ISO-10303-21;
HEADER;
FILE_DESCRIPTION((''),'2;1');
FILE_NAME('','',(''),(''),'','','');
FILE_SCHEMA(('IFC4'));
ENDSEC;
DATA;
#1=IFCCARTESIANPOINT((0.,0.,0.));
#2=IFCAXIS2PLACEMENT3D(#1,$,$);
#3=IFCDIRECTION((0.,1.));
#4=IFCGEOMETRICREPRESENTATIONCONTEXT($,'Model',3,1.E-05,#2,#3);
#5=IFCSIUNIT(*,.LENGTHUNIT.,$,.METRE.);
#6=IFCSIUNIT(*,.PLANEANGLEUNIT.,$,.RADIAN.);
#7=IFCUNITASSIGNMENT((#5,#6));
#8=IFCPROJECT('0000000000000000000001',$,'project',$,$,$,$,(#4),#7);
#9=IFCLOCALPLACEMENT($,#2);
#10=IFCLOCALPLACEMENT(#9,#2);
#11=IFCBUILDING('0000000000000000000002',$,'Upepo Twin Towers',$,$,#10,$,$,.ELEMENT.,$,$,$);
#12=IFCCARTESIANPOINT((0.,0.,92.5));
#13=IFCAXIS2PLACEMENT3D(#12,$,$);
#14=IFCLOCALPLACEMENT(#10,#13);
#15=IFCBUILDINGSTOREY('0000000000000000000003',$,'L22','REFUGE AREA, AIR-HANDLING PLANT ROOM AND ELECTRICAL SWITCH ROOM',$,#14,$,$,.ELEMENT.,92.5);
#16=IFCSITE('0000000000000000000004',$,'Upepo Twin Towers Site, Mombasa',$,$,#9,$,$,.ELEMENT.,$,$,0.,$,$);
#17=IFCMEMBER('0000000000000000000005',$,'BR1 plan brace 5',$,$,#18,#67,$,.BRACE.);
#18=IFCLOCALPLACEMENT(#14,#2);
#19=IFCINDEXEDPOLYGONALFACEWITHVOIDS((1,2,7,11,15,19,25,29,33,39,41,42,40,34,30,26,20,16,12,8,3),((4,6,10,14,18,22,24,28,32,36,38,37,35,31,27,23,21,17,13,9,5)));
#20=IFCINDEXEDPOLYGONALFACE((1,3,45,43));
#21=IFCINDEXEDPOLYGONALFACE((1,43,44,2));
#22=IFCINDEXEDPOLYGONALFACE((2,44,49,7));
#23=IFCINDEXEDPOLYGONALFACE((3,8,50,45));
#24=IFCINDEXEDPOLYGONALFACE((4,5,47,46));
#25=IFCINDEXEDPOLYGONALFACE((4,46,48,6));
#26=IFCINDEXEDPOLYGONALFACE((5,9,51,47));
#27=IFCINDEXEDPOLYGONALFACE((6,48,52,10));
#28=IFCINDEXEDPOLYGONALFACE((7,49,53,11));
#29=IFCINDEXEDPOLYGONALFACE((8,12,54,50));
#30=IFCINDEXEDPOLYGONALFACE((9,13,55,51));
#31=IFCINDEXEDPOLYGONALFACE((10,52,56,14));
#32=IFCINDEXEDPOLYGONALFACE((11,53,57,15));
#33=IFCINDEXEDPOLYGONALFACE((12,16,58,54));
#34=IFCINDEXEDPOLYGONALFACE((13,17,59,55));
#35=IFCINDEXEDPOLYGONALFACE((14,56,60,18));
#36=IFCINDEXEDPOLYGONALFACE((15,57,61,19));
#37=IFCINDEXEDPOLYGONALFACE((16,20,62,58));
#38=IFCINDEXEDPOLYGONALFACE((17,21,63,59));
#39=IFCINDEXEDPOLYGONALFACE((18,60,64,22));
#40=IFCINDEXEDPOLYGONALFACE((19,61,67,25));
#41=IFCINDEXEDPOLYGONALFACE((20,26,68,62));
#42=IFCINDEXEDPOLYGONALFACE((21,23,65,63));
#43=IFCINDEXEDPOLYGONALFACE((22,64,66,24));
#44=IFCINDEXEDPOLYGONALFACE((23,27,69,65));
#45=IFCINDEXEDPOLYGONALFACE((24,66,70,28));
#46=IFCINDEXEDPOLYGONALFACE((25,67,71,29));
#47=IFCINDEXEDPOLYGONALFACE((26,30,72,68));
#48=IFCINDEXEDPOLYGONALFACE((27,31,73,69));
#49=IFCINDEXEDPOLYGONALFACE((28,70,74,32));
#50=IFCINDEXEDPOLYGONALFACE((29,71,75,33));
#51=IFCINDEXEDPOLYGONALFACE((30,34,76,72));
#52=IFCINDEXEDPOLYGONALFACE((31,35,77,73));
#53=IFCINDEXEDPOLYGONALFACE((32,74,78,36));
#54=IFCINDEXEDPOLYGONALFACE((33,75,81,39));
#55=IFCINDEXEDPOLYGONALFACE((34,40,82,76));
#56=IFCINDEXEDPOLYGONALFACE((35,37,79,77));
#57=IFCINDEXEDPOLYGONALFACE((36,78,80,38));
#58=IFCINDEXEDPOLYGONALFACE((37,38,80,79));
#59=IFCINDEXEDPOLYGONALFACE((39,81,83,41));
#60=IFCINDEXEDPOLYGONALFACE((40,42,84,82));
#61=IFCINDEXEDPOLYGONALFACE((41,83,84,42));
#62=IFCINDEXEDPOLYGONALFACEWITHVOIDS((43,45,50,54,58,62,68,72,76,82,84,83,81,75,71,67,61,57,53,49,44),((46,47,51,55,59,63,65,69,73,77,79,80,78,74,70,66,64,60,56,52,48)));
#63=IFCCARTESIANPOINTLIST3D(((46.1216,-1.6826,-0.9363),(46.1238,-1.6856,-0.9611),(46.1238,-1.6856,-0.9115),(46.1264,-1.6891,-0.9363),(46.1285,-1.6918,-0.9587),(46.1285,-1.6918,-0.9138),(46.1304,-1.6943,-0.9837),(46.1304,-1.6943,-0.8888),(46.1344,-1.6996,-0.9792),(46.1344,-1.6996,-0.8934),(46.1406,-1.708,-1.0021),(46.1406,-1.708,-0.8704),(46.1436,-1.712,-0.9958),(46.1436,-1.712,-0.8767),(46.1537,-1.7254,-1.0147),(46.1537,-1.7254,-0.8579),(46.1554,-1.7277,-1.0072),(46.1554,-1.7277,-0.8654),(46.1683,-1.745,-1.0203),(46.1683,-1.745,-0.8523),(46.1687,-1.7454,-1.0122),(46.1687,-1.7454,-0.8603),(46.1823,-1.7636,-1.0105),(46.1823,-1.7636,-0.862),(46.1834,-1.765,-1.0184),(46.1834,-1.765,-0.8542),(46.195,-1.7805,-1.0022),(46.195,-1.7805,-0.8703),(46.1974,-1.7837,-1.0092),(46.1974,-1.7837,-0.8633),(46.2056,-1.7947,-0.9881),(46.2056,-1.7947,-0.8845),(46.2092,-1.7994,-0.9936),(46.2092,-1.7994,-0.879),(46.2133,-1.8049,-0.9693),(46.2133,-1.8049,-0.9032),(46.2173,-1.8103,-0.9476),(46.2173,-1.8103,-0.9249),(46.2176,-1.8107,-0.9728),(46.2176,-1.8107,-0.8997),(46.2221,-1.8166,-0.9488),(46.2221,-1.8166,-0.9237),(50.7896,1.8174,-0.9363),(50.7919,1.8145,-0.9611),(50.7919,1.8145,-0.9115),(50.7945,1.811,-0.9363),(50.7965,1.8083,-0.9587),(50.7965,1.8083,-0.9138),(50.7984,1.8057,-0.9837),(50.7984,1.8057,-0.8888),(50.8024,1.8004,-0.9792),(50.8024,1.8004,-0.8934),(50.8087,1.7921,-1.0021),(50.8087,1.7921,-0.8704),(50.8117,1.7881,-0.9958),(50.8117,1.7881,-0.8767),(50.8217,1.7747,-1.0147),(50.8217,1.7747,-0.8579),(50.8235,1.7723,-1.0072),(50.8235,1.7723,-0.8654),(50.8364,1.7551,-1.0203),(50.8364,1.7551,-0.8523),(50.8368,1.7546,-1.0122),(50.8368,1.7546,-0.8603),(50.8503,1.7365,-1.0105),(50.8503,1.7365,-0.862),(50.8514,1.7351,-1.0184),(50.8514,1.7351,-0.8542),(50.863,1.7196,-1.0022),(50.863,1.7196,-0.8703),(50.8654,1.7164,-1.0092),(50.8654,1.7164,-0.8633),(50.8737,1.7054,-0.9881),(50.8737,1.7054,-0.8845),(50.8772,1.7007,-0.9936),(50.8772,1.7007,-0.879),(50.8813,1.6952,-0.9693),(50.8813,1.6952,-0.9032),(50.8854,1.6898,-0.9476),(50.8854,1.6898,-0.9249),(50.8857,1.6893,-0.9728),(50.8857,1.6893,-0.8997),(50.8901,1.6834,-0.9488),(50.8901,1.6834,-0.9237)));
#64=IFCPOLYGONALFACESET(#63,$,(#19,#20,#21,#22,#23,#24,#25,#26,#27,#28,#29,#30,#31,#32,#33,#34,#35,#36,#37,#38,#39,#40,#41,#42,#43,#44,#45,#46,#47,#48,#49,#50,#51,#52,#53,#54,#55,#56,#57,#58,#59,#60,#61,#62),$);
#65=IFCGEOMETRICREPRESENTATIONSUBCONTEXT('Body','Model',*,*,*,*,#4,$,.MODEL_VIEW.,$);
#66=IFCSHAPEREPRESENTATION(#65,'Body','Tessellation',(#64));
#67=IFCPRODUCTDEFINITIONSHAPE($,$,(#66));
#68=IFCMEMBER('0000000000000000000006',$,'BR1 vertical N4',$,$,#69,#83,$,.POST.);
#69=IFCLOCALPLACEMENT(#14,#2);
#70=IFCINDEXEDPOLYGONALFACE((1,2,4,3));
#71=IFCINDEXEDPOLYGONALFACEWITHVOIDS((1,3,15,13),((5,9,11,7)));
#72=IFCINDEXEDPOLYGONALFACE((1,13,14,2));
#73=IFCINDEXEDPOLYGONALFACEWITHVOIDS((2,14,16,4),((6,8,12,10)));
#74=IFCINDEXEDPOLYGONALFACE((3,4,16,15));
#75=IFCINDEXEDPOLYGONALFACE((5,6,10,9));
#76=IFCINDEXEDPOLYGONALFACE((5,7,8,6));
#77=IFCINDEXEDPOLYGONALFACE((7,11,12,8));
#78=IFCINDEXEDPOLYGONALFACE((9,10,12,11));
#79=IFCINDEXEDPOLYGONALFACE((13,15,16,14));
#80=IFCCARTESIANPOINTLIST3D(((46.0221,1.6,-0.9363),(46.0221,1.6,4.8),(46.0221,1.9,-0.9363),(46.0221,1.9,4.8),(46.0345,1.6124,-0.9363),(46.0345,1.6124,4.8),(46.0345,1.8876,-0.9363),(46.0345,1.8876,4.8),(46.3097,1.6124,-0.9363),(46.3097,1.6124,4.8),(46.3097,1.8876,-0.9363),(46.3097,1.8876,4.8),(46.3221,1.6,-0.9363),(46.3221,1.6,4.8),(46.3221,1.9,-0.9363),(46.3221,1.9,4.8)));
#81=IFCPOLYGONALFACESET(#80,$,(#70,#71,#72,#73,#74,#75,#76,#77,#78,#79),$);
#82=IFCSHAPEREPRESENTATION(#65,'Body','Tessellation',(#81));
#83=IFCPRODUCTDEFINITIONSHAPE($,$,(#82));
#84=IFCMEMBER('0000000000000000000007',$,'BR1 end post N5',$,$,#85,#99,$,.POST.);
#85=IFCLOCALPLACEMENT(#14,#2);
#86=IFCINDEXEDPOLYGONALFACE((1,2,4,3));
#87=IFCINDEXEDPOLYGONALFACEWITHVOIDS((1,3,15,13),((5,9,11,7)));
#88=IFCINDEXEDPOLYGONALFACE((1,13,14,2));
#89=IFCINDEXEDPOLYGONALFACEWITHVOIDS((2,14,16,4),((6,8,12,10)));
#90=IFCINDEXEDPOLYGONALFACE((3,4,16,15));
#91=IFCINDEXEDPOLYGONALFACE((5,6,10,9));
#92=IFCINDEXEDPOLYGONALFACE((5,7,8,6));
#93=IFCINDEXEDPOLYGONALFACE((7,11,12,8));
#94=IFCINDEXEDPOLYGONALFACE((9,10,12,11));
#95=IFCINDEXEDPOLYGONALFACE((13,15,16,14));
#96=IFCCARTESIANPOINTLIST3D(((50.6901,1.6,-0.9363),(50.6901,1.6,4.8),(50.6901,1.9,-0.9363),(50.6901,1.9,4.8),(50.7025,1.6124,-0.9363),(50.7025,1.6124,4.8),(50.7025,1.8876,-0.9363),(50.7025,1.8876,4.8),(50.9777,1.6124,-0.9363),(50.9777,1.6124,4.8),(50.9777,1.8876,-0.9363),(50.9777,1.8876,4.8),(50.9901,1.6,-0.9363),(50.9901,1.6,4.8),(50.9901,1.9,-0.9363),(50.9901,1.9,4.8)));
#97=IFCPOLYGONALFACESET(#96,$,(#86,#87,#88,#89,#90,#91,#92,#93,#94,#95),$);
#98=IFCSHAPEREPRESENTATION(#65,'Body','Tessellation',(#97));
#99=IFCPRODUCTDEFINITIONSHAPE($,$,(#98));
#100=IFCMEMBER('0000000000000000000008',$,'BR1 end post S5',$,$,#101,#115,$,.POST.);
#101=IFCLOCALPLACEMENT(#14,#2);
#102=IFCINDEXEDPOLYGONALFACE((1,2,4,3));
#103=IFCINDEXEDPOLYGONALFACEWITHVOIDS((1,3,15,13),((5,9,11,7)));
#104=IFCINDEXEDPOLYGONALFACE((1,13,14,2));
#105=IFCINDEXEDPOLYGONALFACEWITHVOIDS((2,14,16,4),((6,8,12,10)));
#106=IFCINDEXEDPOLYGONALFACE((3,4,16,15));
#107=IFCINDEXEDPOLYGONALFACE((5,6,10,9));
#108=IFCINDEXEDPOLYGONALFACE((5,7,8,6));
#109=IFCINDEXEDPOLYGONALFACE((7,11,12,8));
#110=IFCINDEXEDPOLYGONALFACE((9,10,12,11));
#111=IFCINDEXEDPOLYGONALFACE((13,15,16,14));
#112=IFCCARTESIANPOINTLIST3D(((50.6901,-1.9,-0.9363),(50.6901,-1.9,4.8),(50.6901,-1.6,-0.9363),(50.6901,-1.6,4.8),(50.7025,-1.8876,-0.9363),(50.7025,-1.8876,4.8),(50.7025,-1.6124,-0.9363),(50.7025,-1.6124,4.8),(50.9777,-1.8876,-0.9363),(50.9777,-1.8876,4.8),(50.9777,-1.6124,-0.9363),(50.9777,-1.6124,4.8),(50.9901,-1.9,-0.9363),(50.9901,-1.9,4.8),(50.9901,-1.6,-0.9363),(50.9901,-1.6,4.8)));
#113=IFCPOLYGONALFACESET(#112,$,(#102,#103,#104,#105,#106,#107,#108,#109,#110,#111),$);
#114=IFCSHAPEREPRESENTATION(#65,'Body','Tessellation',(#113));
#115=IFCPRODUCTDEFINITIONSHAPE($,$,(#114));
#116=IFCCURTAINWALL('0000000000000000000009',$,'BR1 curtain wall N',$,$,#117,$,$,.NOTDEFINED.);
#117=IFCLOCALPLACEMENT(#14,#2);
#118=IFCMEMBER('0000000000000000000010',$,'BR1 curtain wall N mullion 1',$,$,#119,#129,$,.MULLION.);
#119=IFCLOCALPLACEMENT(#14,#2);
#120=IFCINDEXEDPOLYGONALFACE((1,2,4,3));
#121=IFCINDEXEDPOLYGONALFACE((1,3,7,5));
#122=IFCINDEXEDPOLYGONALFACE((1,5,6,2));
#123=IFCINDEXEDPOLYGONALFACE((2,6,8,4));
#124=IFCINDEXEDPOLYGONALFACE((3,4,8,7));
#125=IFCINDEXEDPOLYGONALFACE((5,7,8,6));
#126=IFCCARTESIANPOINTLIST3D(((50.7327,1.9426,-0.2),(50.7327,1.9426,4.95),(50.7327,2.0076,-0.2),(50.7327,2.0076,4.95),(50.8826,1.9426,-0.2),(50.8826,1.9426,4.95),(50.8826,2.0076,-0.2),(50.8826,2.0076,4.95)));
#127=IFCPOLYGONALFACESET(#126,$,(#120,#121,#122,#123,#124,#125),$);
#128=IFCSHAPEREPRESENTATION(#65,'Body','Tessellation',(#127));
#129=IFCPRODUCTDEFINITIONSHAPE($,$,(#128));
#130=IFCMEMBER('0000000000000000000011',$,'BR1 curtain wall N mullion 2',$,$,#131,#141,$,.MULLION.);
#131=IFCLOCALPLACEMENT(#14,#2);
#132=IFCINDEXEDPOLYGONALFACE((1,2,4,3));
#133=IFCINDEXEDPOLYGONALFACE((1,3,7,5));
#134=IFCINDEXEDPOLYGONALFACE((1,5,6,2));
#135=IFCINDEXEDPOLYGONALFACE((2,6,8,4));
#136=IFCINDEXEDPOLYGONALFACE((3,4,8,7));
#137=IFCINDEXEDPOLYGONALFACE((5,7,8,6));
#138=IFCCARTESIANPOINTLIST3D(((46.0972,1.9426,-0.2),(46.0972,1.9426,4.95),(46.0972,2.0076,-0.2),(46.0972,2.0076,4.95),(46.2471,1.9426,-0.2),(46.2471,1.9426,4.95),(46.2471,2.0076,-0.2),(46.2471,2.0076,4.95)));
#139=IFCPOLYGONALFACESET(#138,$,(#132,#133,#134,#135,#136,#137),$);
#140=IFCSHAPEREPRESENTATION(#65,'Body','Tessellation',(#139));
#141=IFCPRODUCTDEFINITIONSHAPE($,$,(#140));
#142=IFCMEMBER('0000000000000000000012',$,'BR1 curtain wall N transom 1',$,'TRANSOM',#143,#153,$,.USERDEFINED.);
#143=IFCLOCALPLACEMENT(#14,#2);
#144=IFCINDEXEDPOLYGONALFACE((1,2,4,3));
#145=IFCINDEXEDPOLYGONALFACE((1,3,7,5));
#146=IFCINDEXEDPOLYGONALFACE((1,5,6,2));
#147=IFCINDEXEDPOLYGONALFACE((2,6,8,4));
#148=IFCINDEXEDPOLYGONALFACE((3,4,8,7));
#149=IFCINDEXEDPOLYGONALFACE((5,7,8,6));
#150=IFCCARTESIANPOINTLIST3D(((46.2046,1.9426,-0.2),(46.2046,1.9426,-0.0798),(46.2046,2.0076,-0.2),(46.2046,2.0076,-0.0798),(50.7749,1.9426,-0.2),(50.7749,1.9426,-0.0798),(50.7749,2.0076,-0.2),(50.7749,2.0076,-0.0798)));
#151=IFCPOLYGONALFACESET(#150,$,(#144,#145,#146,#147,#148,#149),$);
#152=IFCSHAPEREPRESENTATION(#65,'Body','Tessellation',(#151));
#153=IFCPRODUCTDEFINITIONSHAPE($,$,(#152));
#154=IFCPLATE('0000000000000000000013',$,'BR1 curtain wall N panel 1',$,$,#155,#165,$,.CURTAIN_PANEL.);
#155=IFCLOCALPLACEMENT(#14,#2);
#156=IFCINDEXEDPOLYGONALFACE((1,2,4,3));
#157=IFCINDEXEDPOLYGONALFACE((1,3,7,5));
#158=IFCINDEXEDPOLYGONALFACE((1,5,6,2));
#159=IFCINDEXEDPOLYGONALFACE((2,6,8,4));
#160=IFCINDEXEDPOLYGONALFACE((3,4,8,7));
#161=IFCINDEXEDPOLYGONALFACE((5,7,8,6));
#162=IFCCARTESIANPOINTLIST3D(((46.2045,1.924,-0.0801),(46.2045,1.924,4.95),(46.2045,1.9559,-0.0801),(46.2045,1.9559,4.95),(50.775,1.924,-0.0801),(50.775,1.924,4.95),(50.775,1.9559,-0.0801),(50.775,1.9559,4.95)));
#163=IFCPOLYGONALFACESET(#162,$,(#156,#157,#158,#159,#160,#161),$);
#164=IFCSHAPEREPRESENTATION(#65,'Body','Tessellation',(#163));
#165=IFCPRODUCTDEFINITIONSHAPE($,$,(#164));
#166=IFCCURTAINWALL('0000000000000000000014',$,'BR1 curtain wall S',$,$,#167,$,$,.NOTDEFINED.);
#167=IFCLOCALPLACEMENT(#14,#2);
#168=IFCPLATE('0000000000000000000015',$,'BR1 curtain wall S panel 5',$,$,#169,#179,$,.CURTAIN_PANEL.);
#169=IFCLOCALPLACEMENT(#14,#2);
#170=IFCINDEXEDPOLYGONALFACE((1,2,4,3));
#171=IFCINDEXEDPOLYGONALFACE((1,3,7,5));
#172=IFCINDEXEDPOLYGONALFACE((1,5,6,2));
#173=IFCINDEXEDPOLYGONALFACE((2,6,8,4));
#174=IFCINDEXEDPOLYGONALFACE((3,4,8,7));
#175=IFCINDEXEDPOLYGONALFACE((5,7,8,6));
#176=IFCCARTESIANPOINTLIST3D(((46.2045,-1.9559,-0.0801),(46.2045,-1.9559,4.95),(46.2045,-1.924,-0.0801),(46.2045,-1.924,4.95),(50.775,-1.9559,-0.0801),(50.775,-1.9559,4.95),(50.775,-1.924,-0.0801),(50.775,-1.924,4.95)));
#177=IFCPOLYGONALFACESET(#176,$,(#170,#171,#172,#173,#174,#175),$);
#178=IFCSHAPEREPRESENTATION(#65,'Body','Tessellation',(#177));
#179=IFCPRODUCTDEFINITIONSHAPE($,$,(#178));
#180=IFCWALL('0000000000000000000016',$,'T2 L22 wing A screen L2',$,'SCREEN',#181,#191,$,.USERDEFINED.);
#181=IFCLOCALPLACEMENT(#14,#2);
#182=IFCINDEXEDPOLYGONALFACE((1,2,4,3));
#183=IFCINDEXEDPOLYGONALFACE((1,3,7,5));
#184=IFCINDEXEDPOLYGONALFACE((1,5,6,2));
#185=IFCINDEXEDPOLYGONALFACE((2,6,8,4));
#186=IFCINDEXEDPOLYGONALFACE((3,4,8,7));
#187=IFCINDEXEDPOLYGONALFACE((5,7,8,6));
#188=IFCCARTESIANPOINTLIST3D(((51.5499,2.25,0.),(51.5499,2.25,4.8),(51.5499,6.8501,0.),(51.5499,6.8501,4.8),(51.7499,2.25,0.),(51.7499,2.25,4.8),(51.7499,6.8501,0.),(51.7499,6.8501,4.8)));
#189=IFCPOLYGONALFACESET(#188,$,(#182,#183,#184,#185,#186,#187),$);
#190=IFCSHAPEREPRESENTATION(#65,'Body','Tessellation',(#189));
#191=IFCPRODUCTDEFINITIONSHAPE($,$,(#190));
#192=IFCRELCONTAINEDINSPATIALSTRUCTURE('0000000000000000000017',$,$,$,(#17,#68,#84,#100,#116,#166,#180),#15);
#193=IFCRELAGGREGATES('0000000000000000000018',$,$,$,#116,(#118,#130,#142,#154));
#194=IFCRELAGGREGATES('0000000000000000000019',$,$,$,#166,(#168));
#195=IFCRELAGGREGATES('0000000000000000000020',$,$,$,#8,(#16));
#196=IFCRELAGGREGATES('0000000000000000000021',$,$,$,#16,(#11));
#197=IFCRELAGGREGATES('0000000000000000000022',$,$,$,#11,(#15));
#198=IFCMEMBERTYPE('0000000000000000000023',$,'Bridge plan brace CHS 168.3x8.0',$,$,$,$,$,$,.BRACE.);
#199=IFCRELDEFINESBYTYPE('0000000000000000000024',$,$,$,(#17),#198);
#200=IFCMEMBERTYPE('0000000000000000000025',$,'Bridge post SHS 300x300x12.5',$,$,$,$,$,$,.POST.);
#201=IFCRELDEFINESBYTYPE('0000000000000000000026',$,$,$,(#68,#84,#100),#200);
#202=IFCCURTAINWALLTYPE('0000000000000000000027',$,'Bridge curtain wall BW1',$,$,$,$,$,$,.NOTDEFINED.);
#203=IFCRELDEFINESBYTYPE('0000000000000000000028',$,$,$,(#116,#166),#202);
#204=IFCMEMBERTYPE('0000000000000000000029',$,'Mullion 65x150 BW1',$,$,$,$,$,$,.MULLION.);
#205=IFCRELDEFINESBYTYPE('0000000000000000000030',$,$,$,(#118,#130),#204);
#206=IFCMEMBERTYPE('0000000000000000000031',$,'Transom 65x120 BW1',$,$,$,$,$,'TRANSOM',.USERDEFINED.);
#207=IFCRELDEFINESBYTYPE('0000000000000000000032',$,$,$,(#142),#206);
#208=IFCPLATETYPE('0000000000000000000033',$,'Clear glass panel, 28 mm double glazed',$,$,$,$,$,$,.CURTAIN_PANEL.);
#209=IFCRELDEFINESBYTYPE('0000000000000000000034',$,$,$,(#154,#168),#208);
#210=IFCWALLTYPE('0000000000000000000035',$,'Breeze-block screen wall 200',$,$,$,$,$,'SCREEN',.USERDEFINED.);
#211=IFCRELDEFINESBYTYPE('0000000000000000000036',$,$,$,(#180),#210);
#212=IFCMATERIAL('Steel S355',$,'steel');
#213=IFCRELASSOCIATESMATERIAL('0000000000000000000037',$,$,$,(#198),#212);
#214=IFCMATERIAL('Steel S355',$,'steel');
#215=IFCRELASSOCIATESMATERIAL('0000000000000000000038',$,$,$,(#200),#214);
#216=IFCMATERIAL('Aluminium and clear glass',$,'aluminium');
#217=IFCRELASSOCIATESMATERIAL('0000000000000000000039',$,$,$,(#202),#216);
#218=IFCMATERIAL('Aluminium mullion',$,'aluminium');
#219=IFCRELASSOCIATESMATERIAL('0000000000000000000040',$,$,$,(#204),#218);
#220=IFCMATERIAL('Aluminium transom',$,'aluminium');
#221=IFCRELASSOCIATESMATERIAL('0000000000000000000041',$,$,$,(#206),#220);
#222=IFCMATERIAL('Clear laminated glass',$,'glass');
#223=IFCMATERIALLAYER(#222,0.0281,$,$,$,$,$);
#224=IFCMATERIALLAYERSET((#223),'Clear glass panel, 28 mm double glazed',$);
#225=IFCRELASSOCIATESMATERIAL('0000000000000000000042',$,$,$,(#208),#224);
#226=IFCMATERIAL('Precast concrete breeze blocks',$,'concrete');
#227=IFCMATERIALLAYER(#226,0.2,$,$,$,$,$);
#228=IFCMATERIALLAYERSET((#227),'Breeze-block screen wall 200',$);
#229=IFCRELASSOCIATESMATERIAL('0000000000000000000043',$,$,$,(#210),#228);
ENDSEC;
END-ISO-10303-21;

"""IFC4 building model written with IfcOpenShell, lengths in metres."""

from ifc_helpers import new_model, si_unit, direction, frame, frame_2d, origin, origin_2d, place, context, subcontext, project, spatial, rectangle, hollow_rectangle, hollow_circle, extrude, material, layer, layer_set, material_profile, profile_set, type_object, element, aggregate, save


model = new_model("IFC4")

# Units and contexts
model_context = context("Model", 3, precision=1e-05, world=origin(), true_north=direction((0.0, 1.0)))
body_context = subcontext(model_context, "Body", "Model", "MODEL_VIEW")
ifc_project = project(units=[si_unit("LENGTHUNIT", "METRE"), si_unit("PLANEANGLEUNIT", "RADIAN")], contexts=[model_context])

# Site, building, storey
site_placement = place(None, origin())
site = spatial("IfcSite", under=ifc_project, at=site_placement, Name="Upepo Twin Towers Site, Mombasa", CompositionType="ELEMENT", RefElevation=0.0)
building_placement = place(site_placement, origin())
building = spatial("IfcBuilding", under=site, at=building_placement, Name="Upepo Twin Towers", CompositionType="ELEMENT")
storey_placement = place(building_placement, frame((0.0, 0.0, 92.5)))
storey = spatial("IfcBuildingStorey", under=building, at=storey_placement, Name="L22", Description="REFUGE AREA, AIR-HANDLING PLANT ROOM AND ELECTRICAL SWITCH ROOM", CompositionType="ELEMENT", Elevation=92.5)

# Members
ifc_material_1 = material(Name="Steel S355", Category="steel")
ifc_material_profile_1 = material_profile(ifc_material_1, hollow_circle(Radius=0.0842, WallThickness=0.0081, at=origin_2d()), Name="CHS 168.3x8.0")
ifc_profile_set_1 = profile_set([ifc_material_profile_1], Name="Steel S355")
member_type_1 = type_object("IfcMemberType", Name="Bridge plan brace CHS 168.3x8.0", PredefinedType="BRACE", material=ifc_profile_set_1)
member_1_placement = place(storey_placement, frame((46.1721, -1.75, -0.9363), z_axis=(0.80008, 0.599893, 0.0), x_axis=(-0.599893, 0.80008, 0.0)))
element("IfcMember", 1, at=member_1_placement, inside=storey, type_object=member_type_1, Name="BR1 plan brace 5", PredefinedType="BRACE", context=body_context, shape_type="SweptSolid", body=[
    extrude(hollow_circle(Radius=0.0842, WallThickness=0.0081, at=origin_2d()), origin(), (0.0, 0.0, 1.0), 5.8345),
])
ifc_material_2 = material(Name="Steel S355", Category="steel")
ifc_material_profile_2 = material_profile(ifc_material_2, hollow_rectangle(XDim=0.3, YDim=0.3, WallThickness=0.0125, at=origin_2d()), Name="SHS 300x300x12.5")
ifc_profile_set_2 = profile_set([ifc_material_profile_2], Name="Steel S355")
member_type_2 = type_object("IfcMemberType", Name="Bridge post SHS 300x300x12.5", PredefinedType="POST", material=ifc_profile_set_2)
for number, where, z_axis, x_axis, name in (
    (2, (46.1721, 1.75, -0.9363), (0.0, 0.0, 1.0), (1.0, 0.0, 0.0), "BR1 vertical N4"),
    (3, (50.8401, 1.75, -0.9363), (0.0, 0.0, 1.0), (1.0, 0.0, 0.0), "BR1 end post N5"),
    (4, (50.8401, -1.75, -0.9363), (0.0, 0.0, 1.0), (1.0, 0.0, 0.0), "BR1 end post S5"),
):
    element("IfcMember", number, at=place(storey_placement, frame(where, z_axis=z_axis, x_axis=x_axis)), inside=storey, type_object=member_type_2, Name=name, PredefinedType="POST", context=body_context, shape_type="SweptSolid", body=[
        extrude(hollow_rectangle(XDim=0.3, YDim=0.3, WallThickness=0.0125, at=origin_2d()), origin(), (0.0, 0.0, 1.0), 5.7363),
    ])

# Curtain wall, members, plate
ifc_material_3 = material(Name="Aluminium and clear glass", Category="aluminium")
curtain_wall_type = type_object("IfcCurtainWallType", Name="Bridge curtain wall BW1", PredefinedType="NOTDEFINED", material=ifc_material_3)
curtain_wall_1_placement = place(storey_placement, origin())
curtain_wall_1 = element("IfcCurtainWall", 5, at=curtain_wall_1_placement, inside=storey, type_object=curtain_wall_type, Name="BR1 curtain wall N", PredefinedType="NOTDEFINED")
ifc_material_4 = material(Name="Aluminium mullion", Category="aluminium")
ifc_material_profile_3 = material_profile(ifc_material_4, rectangle(XDim=0.0649, YDim=0.1499, at=origin_2d()), Name="MULLION 65x150 BRIDGE")
ifc_profile_set_3 = profile_set([ifc_material_profile_3], Name="Aluminium mullion")
member_type_3 = type_object("IfcMemberType", Name="Mullion 65x150 BW1", PredefinedType="MULLION", material=ifc_profile_set_3)
member_2_placement = place(storey_placement, frame((50.8076, 1.9751, -0.2), z_axis=(0.0, 0.0, 1.0), x_axis=(0.0, -1.0, 0.0)))
member_2 = element("IfcMember", 6, at=member_2_placement, type_object=member_type_3, Name="BR1 curtain wall N mullion 1", PredefinedType="MULLION", context=body_context, shape_type="SweptSolid", body=[
    extrude(rectangle(XDim=0.0649, YDim=0.1499, at=origin_2d()), origin(), (0.0, 0.0, 1.0), 5.1499),
])
member_3_placement = place(storey_placement, frame((46.1721, 1.9751, -0.2), z_axis=(0.0, 0.0, 1.0), x_axis=(0.0, -1.0, 0.0)))
member_3 = element("IfcMember", 7, at=member_3_placement, type_object=member_type_3, Name="BR1 curtain wall N mullion 2", PredefinedType="MULLION", context=body_context, shape_type="SweptSolid", body=[
    extrude(rectangle(XDim=0.0649, YDim=0.1499, at=origin_2d()), origin(), (0.0, 0.0, 1.0), 5.1499),
])
ifc_material_5 = material(Name="Aluminium transom", Category="aluminium")
ifc_material_profile_4 = material_profile(ifc_material_5, rectangle(XDim=0.0649, YDim=0.1201, at=origin_2d()), Name="TRANSOM 65x120 BRIDGE")
ifc_profile_set_4 = profile_set([ifc_material_profile_4], Name="Aluminium transom")
member_type_4 = type_object("IfcMemberType", Name="Transom 65x120 BW1", ElementType="TRANSOM", PredefinedType="USERDEFINED", material=ifc_profile_set_4)
member_4_placement = place(storey_placement, frame((50.7749, 1.9751, -0.1399), z_axis=(-1.0, 0.0, 0.0), x_axis=(0.0, -1.0, 0.0)))
member_4 = element("IfcMember", 8, at=member_4_placement, type_object=member_type_4, Name="BR1 curtain wall N transom 1", ObjectType="TRANSOM", PredefinedType="USERDEFINED", context=body_context, shape_type="SweptSolid", body=[
    extrude(rectangle(XDim=0.0649, YDim=0.1201, at=origin_2d()), origin(), (0.0, 0.0, 1.0), 4.5703),
])
ifc_material_6 = material(Name="Clear laminated glass", Category="glass")
ifc_layer_1 = layer(ifc_material_6, 0.0281)
ifc_layer_set_1 = layer_set([ifc_layer_1], Name="Clear glass panel, 28 mm double glazed")
plate_type = type_object("IfcPlateType", Name="Clear glass panel, 28 mm double glazed", PredefinedType="CURTAIN_PANEL", material=ifc_layer_set_1)
plate_1_placement = place(storey_placement, frame((48.4897, 1.9399, -0.0801), z_axis=(0.0, 0.0, 1.0), x_axis=(-1.0, 0.0, 0.0)))
plate_1 = element("IfcPlate", 9, at=plate_1_placement, type_object=plate_type, Name="BR1 curtain wall N panel 1", PredefinedType="CURTAIN_PANEL", context=body_context, shape_type="SweptSolid", body=[
    extrude(rectangle(XDim=4.5706, YDim=0.032, at=origin_2d()), origin(), (0.0, 0.0, 1.0), 5.03),
])
aggregate(curtain_wall_1, [member_2, member_3, member_4, plate_1])

# Curtain wall, plate
curtain_wall_2_placement = place(storey_placement, origin())
curtain_wall_2 = element("IfcCurtainWall", 10, at=curtain_wall_2_placement, inside=storey, type_object=curtain_wall_type, Name="BR1 curtain wall S", PredefinedType="NOTDEFINED")
plate_2_placement = place(storey_placement, frame((48.4897, -1.9399, -0.0801), z_axis=(0.0, 0.0, 1.0), x_axis=(1.0, 0.0, 0.0)))
plate_2 = element("IfcPlate", 11, at=plate_2_placement, type_object=plate_type, Name="BR1 curtain wall S panel 5", PredefinedType="CURTAIN_PANEL", context=body_context, shape_type="SweptSolid", body=[
    extrude(rectangle(XDim=4.5706, YDim=0.032, at=origin_2d()), origin(), (0.0, 0.0, 1.0), 5.03),
])
aggregate(curtain_wall_2, [plate_2])

# Wall
ifc_material_7 = material(Name="Precast concrete breeze blocks", Category="concrete")
ifc_layer_2 = layer(ifc_material_7, 0.2)
ifc_layer_set_2 = layer_set([ifc_layer_2], Name="Breeze-block screen wall 200")
wall_type = type_object("IfcWallType", Name="Breeze-block screen wall 200", ElementType="SCREEN", PredefinedType="USERDEFINED", material=ifc_layer_set_2)
wall_placement = place(storey_placement, frame((51.6499, 2.25, 0.0), z_axis=(0.0, 0.0, 1.0), x_axis=(0.0, 1.0, 0.0)))
element("IfcWall", 12, at=wall_placement, inside=storey, type_object=wall_type, Name="T2 L22 wing A screen L2", ObjectType="SCREEN", PredefinedType="USERDEFINED", context=body_context, shape_type="SweptSolid", body=[
    extrude(rectangle(XDim=4.6001, YDim=0.2, at=frame_2d((2.3, 0.0))), origin(), (0.0, 0.0, 1.0), 4.8),
])

save(model, "model.ifc")
